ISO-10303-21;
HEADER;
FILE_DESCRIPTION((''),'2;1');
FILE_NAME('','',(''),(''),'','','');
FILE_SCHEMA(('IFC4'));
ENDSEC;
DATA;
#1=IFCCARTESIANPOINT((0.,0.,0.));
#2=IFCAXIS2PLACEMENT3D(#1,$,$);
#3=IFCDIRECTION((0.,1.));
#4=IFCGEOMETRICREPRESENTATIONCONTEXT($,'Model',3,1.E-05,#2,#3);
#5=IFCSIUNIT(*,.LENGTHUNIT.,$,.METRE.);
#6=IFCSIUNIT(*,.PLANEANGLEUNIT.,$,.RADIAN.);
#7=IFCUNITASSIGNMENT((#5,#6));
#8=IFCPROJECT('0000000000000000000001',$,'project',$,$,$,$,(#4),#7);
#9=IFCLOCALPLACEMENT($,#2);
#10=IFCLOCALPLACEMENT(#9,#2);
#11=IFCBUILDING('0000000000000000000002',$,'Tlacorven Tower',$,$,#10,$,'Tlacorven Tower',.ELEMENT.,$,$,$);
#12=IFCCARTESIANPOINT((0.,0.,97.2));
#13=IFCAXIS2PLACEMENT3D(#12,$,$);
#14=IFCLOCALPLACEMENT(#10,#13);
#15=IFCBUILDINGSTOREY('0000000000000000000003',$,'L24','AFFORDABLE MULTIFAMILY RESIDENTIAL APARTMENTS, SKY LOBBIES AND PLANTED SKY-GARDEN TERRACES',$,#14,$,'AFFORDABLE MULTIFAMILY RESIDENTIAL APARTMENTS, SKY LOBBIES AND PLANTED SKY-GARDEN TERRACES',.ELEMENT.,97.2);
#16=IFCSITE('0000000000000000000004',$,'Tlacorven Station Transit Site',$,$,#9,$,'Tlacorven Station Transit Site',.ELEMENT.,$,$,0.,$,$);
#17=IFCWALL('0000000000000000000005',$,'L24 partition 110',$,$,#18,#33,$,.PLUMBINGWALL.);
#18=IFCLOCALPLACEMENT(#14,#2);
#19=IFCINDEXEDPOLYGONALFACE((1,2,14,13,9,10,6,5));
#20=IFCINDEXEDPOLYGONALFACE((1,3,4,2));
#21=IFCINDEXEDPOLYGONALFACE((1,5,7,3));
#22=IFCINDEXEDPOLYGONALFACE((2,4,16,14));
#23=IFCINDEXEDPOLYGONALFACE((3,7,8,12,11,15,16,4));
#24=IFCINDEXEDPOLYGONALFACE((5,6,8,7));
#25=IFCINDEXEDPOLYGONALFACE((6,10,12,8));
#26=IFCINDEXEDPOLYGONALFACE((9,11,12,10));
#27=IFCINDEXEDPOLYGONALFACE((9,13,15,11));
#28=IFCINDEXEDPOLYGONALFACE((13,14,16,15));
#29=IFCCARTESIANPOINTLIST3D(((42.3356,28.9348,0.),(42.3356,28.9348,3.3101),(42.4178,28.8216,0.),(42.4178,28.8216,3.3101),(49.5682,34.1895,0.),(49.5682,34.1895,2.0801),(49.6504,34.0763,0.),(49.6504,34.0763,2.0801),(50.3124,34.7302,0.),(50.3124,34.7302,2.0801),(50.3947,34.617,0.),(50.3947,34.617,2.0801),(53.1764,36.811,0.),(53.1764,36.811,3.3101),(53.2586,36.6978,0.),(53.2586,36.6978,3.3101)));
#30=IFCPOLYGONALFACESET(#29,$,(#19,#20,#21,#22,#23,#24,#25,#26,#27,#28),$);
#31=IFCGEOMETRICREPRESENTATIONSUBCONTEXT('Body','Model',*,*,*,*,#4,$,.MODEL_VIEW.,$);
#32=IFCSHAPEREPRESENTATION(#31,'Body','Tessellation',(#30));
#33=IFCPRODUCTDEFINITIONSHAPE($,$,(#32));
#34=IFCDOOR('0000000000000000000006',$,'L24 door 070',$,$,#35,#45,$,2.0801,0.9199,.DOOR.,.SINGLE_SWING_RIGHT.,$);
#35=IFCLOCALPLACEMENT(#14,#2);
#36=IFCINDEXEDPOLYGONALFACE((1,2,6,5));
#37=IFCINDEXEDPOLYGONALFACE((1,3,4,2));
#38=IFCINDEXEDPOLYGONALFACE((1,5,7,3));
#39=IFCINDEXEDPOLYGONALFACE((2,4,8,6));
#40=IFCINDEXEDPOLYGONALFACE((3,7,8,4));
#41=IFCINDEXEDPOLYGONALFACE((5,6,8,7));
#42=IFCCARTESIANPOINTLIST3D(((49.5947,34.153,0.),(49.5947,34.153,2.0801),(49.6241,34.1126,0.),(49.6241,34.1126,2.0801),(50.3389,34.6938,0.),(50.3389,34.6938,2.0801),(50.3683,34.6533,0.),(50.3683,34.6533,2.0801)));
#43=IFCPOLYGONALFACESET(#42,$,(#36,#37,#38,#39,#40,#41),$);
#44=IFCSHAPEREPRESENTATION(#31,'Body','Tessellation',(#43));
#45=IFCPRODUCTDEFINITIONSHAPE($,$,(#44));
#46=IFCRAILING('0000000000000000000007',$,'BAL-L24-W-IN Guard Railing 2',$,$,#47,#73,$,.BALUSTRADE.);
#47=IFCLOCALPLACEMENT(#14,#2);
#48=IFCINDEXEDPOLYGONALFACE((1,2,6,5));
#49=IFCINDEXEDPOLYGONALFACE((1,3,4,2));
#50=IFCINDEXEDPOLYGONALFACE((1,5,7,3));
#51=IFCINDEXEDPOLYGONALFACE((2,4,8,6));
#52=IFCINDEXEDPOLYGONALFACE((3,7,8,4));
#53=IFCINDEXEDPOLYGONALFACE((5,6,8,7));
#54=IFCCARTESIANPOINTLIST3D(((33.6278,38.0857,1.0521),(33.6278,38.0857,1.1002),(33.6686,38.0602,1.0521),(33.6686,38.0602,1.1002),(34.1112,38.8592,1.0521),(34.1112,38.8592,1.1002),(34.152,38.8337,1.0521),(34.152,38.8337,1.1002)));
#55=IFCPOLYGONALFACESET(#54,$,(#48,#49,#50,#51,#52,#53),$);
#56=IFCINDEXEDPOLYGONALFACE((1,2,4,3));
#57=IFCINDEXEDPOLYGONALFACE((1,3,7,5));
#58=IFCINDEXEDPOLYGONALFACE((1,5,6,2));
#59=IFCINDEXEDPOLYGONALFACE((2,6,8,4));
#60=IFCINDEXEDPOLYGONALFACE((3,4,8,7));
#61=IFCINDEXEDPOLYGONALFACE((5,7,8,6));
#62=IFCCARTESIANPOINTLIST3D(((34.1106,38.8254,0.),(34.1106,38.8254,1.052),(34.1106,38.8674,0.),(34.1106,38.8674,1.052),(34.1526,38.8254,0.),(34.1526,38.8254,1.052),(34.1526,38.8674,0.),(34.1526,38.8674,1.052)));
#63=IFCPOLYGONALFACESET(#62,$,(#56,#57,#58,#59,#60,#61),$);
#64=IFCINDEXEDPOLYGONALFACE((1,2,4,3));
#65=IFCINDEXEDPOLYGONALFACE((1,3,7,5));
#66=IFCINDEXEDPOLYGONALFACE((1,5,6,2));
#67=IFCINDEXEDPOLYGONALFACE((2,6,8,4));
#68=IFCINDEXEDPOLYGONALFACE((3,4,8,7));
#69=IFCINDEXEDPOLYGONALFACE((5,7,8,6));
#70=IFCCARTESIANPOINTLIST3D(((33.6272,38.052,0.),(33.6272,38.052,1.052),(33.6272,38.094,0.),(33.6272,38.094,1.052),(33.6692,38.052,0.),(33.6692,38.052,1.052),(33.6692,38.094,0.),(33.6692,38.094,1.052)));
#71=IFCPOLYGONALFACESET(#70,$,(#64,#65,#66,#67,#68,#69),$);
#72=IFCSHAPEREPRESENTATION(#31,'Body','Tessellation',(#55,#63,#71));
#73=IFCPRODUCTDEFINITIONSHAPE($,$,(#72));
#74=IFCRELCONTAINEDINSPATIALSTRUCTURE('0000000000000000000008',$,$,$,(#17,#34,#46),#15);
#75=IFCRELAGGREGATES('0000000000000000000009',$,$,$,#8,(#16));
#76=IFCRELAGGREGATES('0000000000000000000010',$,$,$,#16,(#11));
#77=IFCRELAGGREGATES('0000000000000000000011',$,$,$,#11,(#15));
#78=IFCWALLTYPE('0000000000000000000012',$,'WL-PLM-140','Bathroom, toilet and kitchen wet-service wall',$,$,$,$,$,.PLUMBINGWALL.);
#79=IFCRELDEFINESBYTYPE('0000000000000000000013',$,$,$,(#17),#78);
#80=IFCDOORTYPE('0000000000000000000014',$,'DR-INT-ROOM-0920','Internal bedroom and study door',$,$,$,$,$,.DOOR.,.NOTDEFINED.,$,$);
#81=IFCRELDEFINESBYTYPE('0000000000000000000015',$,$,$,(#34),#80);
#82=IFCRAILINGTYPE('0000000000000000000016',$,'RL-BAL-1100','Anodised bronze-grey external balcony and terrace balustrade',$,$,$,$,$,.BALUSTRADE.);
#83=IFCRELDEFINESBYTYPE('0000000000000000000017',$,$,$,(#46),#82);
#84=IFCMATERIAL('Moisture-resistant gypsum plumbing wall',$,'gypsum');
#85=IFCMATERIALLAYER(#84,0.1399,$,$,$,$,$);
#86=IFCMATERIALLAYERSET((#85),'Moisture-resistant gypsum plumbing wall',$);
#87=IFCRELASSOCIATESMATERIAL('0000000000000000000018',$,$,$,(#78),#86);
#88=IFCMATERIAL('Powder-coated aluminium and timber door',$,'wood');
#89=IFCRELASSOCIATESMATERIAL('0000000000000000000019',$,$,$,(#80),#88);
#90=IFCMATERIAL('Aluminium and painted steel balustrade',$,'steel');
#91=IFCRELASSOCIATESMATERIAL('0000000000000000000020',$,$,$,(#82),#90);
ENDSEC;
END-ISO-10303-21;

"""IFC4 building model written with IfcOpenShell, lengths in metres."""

from ifc_helpers import new_model, si_unit, direction, frame, frame_2d, origin, origin_2d, place, context, subcontext, project, spatial, rectangle, extrude, source, transform, mapped, material, layer, layer_set, type_object, element, fill, save


model = new_model("IFC4")

# Units and contexts
model_context = context("Model", 3, precision=1e-05, world=origin(), true_north=direction((0.0, 1.0)))
body_context = subcontext(model_context, "Body", "Model", "MODEL_VIEW")
ifc_project = project(units=[si_unit("LENGTHUNIT", "METRE"), si_unit("PLANEANGLEUNIT", "RADIAN")], contexts=[model_context])

# Site, building, storey
site_placement = place(None, origin())
site = spatial("IfcSite", under=ifc_project, at=site_placement, Name="Tlacorven Station Transit Site", LongName="Tlacorven Station Transit Site", CompositionType="ELEMENT", RefElevation=0.0)
building_placement = place(site_placement, origin())
building = spatial("IfcBuilding", under=site, at=building_placement, Name="Tlacorven Tower", LongName="Tlacorven Tower", CompositionType="ELEMENT")
storey_placement = place(building_placement, frame((0.0, 0.0, 97.2)))
storey = spatial("IfcBuildingStorey", under=building, at=storey_placement, Name="L24", Description="AFFORDABLE MULTIFAMILY RESIDENTIAL APARTMENTS, SKY LOBBIES AND PLANTED SKY-GARDEN TERRACES", LongName="AFFORDABLE MULTIFAMILY RESIDENTIAL APARTMENTS, SKY LOBBIES AND PLANTED SKY-GARDEN TERRACES", CompositionType="ELEMENT", Elevation=97.2)

# Shared definitions
ifc_material_1 = material(Name="Powder-coated aluminium and timber door", Category="wood")

# Wall, opening, door
ifc_material_2 = material(Name="Moisture-resistant gypsum plumbing wall", Category="gypsum")
ifc_layer_1 = layer(ifc_material_2, 0.1399)
ifc_layer_set_1 = layer_set([ifc_layer_1], Name="Moisture-resistant gypsum plumbing wall")
wall_type_1 = type_object("IfcWallType", Name="WL-PLM-140", Description="Bathroom, toilet and kitchen wet-service wall", PredefinedType="PLUMBINGWALL", material=ifc_layer_set_1)
door_type_1 = type_object("IfcDoorType", Name="DR-INT-ROOM-0920", Description="Internal bedroom and study door", OperationType="NOTDEFINED", PredefinedType="DOOR", material=ifc_material_1)
shared_shape_1 = source(origin(), body_context, "Body", "SweptSolid", [
    extrude(rectangle(XDim=0.9199, YDim=2.0801, at=frame_2d((0.46, 1.04))), frame((0.0, 0.0249, 0.0), z_axis=(0.0, -1.0, 0.0), x_axis=(1.0, 0.0, 0.0)), (0.0, 0.0, 1.0), 0.05),
])
wall_1_placement = place(storey_placement, frame((42.3767, 28.8782, 0.0), z_axis=(0.0, 0.0, 1.0), x_axis=(0.80902, 0.587781, 0.0)))
wall_1 = element("IfcWall", 1, at=wall_1_placement, inside=storey, type_object=wall_type_1, Name="L24 partition 110", PredefinedType="PLUMBINGWALL", context=body_context, shape_type="SweptSolid", body=[
    extrude(rectangle(XDim=13.3999, YDim=0.1399, at=frame_2d((6.7, 0.0))), origin(), (0.0, 0.0, 1.0), 3.3101),
])
opening_1_placement = place(wall_1_placement, frame((8.9399, 0.0, 0.0)))
opening_1 = element("IfcOpeningElement", 2, at=opening_1_placement, cuts=wall_1, PredefinedType="OPENING", context=body_context, shape_type="SweptSolid", body=[
    extrude(rectangle(XDim=0.9199, YDim=2.0801, at=frame_2d((0.46, 1.04))), frame((0.0, 0.0801, 0.0), z_axis=(0.0, -1.0, 0.0), x_axis=(1.0, 0.0, 0.0)), (0.0, 0.0, 1.0), 0.1599),
])
door_1_placement = place(opening_1_placement, origin())
door_1 = element("IfcDoor", 3, at=door_1_placement, inside=storey, type_object=door_type_1, Name="L24 door 070", OperationType="SINGLE_SWING_RIGHT", OverallHeight=2.0801, OverallWidth=0.9199, PredefinedType="DOOR", context=body_context, shape_type="MappedRepresentation", body=[
    mapped(shared_shape_1, transform((0.0, 0.0, 0.0), scale=1.0)),
])
fill(opening_1, door_1)

# Railing
ifc_material_3 = material(Name="Aluminium and painted steel balustrade", Category="steel")
railing_type = type_object("IfcRailingType", Name="RL-BAL-1100", Description="Anodised bronze-grey external balcony and terrace balustrade", PredefinedType="BALUSTRADE", material=ifc_material_3)
shared_shape_2 = source(origin(), body_context, "Body", "SweptSolid", [
    extrude(rectangle(XDim=0.0481, YDim=0.0481, at=origin_2d()), frame((0.0, 0.0, 1.0762), z_axis=(-0.529999, -0.847998, 0.0), x_axis=(0.847998, -0.529999, 0.0)), (0.0, 0.0, 1.0), 0.9121),
    extrude(rectangle(XDim=0.042, YDim=0.042, at=origin_2d()), origin(), (0.0, 0.0, 1.0), 1.052),
    extrude(rectangle(XDim=0.042, YDim=0.042, at=origin_2d()), frame((-0.4834, -0.7734, 0.0)), (0.0, 0.0, 1.0), 1.052),
])
railing_placement = place(storey_placement, frame((34.1316, 38.8464, 0.0)))
element("IfcRailing", 4, at=railing_placement, inside=storey, type_object=railing_type, Name="BAL-L24-W-IN Guard Railing 2", PredefinedType="BALUSTRADE", context=body_context, shape_type="MappedRepresentation", body=[
    mapped(shared_shape_2, transform((0.0, 0.0, 0.0), scale=1.0)),
])

save(model, "model.ifc")
